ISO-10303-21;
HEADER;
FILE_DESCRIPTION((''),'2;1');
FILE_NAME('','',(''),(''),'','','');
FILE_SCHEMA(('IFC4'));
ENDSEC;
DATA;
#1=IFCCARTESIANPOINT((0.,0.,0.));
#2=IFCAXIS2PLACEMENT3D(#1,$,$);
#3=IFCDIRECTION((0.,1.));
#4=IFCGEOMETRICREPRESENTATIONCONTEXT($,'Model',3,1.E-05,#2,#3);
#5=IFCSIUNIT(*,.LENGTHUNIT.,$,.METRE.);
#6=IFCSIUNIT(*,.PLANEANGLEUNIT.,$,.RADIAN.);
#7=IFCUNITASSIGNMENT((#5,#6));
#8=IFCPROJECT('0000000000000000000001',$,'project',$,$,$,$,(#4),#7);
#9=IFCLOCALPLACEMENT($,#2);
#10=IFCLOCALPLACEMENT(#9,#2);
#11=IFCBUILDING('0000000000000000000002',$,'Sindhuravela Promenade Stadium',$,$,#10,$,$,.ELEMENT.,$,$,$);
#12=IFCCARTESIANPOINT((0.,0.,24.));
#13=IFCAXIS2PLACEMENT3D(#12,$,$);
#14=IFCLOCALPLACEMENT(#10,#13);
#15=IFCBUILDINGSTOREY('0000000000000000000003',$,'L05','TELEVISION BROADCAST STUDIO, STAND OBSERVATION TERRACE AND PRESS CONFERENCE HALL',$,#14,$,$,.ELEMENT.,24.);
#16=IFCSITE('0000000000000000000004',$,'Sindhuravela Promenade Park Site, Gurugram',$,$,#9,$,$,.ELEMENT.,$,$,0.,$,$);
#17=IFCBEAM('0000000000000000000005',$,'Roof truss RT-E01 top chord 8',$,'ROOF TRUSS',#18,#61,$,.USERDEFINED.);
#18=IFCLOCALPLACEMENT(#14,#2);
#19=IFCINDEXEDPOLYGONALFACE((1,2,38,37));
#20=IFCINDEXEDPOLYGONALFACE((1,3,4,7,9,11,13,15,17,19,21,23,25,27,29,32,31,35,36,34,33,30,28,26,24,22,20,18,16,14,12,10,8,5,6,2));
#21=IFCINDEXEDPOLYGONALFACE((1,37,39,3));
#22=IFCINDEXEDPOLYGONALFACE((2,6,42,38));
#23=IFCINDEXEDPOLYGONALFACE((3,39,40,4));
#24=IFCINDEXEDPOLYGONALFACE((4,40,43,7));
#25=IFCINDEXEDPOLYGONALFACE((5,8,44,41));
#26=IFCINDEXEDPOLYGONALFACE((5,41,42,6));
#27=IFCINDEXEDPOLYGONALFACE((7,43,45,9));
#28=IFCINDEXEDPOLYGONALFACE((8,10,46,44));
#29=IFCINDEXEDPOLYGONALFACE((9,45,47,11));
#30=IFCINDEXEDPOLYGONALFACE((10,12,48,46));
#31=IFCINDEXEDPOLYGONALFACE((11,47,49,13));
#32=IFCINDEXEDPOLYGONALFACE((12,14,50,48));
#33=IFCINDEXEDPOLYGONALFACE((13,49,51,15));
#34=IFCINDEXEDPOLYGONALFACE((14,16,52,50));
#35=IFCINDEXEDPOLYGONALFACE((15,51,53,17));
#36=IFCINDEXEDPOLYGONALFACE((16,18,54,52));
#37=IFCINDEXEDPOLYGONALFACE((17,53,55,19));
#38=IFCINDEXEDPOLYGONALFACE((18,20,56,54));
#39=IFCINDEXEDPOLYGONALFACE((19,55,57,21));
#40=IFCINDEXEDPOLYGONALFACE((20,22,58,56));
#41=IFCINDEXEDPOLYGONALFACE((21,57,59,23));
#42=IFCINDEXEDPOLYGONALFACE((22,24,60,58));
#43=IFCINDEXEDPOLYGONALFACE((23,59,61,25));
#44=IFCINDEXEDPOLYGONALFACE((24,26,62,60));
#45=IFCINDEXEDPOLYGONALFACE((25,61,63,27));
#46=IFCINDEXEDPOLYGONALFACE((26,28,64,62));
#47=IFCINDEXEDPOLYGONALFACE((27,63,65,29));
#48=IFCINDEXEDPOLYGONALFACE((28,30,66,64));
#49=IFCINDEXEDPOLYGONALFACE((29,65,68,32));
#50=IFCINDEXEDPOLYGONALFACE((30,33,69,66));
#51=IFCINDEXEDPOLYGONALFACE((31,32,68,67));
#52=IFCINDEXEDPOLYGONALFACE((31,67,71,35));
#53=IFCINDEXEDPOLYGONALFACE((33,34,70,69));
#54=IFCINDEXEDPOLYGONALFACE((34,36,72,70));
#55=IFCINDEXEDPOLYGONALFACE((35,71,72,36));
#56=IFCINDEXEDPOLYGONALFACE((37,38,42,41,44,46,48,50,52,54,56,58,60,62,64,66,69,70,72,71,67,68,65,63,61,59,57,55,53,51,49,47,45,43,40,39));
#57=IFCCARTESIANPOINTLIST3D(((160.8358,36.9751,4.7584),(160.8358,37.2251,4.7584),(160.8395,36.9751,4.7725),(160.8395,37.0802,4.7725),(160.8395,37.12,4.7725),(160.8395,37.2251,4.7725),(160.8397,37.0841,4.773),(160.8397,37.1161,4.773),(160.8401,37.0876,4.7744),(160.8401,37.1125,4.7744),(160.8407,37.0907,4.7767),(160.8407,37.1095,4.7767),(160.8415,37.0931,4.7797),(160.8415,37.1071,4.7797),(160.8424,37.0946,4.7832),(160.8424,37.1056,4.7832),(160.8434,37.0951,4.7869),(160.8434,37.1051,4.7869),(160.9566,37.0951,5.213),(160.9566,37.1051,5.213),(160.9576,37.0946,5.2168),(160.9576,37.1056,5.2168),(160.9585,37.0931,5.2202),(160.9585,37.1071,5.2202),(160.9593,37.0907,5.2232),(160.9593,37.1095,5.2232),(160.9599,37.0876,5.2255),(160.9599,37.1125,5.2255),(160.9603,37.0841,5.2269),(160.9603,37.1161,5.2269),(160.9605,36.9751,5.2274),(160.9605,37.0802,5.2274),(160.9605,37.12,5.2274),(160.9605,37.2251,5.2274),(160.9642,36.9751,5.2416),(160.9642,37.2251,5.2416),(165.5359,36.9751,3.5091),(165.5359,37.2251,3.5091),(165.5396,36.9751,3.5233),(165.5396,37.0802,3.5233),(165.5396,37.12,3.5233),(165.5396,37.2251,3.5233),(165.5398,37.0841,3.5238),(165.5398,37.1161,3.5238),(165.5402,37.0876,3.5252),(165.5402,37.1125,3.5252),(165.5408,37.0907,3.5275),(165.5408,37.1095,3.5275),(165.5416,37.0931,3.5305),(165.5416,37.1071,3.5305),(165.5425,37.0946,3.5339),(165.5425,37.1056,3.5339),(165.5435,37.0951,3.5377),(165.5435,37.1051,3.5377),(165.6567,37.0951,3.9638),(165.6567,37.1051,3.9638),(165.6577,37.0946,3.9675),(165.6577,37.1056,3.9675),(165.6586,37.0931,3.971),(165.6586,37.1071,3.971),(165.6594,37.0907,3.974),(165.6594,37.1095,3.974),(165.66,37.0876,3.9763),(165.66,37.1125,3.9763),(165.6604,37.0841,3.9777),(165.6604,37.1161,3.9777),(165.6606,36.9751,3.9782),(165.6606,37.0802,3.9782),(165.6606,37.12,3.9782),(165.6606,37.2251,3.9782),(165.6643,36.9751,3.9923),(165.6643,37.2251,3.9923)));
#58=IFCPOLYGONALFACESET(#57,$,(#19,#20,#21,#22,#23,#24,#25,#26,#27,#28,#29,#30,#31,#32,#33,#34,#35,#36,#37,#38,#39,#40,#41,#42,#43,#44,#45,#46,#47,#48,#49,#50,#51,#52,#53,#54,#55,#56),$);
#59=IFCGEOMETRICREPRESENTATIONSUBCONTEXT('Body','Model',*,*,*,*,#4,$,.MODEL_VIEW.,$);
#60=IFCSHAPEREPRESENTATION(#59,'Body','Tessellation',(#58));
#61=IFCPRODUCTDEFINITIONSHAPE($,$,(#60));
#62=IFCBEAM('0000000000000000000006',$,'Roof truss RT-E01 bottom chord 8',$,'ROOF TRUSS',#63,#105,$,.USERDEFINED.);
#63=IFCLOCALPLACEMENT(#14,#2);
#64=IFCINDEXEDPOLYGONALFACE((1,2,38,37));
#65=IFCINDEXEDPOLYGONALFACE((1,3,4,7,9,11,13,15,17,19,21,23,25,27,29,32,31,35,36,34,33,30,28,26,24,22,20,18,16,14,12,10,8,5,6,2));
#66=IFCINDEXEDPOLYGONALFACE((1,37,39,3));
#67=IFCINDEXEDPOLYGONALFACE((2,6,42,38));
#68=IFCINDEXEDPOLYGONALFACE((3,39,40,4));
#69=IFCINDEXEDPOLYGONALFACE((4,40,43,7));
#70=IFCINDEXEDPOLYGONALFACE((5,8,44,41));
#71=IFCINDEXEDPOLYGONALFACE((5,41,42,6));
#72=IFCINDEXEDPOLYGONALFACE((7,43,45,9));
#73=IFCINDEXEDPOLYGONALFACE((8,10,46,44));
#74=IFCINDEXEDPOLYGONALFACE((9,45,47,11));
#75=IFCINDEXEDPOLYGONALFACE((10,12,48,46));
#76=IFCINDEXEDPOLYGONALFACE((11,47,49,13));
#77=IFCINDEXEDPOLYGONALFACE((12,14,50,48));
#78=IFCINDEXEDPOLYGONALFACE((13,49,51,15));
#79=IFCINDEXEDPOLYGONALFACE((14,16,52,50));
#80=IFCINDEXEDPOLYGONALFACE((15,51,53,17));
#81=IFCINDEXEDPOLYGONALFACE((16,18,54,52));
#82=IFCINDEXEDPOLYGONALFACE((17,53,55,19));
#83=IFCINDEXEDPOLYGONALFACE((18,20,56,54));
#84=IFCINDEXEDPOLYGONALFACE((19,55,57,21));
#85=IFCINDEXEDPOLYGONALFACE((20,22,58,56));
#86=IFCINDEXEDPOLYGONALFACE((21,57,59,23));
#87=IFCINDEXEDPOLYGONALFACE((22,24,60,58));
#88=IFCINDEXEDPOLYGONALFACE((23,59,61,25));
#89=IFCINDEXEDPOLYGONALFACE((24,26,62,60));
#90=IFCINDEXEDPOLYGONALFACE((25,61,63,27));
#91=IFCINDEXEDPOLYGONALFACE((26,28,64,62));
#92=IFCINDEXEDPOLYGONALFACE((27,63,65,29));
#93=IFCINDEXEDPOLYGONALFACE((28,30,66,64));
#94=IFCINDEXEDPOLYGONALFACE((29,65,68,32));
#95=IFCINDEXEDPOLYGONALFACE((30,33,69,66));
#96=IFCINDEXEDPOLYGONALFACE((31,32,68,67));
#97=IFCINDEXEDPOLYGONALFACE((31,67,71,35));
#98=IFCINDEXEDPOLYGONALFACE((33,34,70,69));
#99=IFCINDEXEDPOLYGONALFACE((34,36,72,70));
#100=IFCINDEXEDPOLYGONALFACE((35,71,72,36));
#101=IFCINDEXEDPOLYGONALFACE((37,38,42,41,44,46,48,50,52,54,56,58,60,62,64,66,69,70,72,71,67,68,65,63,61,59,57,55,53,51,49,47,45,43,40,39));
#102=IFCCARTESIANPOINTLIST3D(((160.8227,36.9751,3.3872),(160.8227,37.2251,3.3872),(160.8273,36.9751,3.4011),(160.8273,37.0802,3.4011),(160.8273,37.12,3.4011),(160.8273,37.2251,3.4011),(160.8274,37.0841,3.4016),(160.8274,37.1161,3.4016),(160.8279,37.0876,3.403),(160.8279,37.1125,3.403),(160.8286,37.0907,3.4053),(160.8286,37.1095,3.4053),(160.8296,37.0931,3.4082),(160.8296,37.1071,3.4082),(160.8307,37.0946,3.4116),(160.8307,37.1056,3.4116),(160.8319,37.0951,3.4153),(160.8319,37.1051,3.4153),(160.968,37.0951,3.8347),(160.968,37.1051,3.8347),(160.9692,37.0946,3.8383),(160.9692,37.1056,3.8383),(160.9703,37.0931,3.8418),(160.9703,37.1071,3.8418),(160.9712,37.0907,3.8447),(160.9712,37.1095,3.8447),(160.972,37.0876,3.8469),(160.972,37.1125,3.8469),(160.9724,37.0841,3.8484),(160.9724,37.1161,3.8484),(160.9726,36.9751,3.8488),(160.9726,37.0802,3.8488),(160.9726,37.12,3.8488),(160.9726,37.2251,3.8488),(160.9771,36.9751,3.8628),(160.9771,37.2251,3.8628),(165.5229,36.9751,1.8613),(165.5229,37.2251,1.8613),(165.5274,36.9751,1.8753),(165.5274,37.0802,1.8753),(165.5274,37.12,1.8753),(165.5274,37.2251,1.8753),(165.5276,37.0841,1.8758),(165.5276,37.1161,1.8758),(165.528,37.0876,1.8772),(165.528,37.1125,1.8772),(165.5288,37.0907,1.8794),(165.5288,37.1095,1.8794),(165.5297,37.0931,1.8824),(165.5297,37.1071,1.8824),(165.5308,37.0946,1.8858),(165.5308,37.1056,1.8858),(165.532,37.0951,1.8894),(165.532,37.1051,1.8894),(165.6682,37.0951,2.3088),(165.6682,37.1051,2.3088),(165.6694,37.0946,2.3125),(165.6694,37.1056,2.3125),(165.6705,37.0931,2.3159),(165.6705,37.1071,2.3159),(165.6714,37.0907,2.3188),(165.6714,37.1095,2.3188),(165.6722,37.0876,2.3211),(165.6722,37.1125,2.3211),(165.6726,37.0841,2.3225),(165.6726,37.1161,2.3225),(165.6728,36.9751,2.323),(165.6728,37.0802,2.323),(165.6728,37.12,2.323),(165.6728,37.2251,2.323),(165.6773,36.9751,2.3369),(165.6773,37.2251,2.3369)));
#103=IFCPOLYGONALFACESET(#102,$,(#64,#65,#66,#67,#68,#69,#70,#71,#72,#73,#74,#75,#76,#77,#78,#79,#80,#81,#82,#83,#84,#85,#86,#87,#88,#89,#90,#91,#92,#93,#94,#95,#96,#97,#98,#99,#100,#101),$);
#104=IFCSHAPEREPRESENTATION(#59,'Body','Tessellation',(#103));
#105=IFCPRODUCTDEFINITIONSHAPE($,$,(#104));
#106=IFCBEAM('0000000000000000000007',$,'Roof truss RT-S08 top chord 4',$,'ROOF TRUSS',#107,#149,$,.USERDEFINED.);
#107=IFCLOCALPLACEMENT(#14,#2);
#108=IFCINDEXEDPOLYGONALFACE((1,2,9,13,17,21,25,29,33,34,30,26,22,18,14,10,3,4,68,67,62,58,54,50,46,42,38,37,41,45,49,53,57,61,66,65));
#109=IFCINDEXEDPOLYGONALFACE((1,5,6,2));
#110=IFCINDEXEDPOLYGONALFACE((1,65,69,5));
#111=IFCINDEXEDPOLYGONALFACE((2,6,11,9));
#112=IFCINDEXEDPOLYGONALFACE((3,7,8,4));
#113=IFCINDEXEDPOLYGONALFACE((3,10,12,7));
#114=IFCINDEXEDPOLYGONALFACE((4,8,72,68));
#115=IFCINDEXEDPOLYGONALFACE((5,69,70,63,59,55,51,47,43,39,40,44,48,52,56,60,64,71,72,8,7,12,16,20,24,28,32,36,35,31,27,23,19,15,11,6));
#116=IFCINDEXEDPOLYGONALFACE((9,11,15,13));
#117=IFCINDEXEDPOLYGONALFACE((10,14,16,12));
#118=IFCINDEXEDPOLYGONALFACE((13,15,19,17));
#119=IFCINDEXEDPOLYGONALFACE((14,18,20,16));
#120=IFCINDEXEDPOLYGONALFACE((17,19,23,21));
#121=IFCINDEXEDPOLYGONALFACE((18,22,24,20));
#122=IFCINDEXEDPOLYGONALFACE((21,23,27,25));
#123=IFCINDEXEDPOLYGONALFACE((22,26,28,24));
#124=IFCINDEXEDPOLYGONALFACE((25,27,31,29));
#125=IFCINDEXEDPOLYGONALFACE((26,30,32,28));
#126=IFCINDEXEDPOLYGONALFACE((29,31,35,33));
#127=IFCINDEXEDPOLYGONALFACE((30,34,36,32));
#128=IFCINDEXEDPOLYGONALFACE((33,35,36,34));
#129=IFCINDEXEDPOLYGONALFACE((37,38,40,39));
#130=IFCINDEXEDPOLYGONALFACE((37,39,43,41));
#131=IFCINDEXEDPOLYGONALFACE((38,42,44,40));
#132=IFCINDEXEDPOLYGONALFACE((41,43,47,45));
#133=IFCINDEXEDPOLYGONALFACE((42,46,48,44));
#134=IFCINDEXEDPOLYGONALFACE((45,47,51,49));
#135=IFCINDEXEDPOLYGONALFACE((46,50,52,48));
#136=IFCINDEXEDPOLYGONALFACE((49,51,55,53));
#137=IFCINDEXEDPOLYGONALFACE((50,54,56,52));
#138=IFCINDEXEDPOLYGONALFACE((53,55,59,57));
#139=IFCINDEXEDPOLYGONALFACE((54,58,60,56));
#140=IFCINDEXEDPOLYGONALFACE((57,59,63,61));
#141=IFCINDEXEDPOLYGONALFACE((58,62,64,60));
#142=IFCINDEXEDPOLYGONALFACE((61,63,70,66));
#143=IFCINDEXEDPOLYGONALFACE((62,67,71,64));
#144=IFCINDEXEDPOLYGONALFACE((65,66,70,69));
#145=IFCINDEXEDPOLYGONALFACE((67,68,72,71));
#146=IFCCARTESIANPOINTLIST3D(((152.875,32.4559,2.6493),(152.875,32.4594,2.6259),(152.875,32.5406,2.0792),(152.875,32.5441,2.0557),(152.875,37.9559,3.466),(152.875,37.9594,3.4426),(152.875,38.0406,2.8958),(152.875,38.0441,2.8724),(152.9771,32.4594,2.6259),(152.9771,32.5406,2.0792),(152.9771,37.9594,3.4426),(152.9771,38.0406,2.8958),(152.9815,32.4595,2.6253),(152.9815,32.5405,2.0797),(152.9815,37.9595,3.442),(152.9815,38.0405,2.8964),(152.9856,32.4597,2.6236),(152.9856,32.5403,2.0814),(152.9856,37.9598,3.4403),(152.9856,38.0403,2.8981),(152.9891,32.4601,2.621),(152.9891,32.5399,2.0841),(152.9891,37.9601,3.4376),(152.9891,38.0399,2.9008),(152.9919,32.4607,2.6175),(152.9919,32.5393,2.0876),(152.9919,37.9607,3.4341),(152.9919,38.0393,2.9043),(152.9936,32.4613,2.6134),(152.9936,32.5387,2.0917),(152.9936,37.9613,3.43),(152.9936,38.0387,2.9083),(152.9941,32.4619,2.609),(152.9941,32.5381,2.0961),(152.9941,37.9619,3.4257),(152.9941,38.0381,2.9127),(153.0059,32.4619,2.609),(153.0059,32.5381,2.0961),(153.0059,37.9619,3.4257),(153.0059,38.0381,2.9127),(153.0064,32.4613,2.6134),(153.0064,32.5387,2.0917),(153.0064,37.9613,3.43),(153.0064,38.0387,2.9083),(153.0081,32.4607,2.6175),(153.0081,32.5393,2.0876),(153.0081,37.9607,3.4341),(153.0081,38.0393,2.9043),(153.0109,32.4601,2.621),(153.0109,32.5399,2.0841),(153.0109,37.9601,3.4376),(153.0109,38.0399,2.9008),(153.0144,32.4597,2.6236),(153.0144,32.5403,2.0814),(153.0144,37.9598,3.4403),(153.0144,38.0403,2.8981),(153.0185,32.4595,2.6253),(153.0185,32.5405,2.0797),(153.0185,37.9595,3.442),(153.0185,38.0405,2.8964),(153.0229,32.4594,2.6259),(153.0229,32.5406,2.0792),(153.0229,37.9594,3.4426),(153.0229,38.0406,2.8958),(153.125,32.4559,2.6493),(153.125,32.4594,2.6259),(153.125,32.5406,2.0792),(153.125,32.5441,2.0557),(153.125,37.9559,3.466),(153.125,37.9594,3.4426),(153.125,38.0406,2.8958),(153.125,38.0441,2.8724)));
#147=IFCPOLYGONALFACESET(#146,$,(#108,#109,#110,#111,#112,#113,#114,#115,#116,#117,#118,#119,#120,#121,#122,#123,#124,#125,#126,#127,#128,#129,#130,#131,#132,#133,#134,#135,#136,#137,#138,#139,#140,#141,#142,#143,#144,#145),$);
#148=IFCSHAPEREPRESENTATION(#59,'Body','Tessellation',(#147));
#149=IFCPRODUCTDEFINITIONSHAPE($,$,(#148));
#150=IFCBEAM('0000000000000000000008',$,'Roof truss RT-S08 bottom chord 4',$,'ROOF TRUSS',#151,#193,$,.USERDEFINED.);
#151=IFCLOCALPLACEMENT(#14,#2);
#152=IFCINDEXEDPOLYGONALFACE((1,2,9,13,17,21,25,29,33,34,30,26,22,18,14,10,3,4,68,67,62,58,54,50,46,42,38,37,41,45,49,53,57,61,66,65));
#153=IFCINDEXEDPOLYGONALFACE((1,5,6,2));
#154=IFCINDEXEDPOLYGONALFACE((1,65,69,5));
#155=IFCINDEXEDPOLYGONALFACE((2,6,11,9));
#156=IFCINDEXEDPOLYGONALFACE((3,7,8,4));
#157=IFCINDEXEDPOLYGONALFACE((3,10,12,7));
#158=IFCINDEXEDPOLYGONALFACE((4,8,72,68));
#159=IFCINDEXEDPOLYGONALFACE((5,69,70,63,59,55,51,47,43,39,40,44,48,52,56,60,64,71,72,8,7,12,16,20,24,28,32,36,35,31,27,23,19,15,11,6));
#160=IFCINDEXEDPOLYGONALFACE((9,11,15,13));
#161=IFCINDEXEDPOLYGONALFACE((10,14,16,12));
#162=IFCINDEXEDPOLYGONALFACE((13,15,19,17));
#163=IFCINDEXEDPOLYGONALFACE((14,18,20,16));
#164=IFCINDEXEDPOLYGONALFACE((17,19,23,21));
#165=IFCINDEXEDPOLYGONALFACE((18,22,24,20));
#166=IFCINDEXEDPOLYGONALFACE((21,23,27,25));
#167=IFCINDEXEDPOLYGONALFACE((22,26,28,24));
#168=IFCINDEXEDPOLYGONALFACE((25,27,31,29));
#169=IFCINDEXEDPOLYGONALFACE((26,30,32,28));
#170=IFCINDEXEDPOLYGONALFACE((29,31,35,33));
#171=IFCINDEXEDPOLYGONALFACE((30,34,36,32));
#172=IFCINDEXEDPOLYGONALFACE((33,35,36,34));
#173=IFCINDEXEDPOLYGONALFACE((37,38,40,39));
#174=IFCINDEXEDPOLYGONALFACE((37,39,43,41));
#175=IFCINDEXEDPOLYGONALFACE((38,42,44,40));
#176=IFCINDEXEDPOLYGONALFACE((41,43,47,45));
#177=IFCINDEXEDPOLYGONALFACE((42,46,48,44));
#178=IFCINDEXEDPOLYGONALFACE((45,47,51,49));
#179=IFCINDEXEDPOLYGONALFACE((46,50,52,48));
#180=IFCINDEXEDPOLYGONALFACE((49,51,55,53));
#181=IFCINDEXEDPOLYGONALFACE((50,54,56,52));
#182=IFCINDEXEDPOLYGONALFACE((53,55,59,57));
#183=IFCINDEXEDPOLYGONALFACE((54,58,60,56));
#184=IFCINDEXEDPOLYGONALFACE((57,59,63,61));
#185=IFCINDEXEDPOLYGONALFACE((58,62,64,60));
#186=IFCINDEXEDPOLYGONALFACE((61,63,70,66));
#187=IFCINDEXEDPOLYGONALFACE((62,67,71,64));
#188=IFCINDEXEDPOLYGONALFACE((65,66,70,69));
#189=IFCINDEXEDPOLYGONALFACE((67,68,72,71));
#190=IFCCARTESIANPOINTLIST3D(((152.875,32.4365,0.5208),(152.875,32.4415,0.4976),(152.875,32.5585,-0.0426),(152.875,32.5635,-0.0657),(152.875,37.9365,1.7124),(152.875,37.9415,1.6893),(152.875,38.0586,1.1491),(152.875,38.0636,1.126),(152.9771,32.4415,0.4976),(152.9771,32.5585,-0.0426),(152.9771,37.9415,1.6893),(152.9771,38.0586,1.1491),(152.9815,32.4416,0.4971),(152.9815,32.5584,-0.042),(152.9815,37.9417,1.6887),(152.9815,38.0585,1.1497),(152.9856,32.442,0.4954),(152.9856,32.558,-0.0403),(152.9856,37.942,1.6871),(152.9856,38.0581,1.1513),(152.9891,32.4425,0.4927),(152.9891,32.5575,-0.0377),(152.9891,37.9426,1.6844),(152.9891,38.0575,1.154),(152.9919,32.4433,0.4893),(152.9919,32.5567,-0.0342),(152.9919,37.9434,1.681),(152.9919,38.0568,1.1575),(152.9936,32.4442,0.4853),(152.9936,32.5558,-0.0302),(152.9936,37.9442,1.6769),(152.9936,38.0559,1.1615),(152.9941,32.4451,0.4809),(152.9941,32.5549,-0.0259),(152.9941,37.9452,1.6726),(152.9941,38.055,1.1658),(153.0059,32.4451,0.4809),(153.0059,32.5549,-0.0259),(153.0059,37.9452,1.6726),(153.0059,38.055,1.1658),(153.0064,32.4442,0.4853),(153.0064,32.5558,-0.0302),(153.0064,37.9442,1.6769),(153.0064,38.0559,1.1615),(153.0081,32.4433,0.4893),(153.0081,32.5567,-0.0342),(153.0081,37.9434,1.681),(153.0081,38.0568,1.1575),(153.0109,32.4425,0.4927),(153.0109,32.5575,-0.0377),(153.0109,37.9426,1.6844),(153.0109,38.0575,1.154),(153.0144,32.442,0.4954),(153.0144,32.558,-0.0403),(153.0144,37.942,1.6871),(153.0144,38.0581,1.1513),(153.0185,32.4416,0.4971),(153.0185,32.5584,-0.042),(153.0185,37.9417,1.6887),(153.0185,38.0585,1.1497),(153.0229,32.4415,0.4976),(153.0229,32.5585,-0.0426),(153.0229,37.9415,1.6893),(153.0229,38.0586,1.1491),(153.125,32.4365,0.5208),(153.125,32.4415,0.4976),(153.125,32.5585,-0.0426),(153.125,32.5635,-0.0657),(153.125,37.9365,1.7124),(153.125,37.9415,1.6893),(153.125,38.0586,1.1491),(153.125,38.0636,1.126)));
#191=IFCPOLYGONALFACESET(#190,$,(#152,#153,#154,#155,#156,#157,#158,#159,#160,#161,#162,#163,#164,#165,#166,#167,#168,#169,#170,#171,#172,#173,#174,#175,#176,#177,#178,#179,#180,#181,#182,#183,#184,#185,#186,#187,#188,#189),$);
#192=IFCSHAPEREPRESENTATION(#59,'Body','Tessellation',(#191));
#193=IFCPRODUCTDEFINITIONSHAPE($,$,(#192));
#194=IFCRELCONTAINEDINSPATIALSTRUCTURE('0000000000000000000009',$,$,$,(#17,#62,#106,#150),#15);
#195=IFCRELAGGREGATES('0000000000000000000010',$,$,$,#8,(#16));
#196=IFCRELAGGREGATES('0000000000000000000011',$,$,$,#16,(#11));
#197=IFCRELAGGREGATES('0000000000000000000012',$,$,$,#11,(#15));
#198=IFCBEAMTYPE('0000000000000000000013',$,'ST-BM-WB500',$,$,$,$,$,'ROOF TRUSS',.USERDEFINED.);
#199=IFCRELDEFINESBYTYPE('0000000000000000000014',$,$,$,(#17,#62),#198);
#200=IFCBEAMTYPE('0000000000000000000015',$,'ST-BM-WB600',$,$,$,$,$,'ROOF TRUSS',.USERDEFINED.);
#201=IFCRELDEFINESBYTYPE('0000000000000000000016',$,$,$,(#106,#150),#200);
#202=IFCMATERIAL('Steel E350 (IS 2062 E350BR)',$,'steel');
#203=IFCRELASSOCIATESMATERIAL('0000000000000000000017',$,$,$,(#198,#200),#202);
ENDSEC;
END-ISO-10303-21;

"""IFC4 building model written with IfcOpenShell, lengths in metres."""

from ifc_helpers import new_model, si_unit, direction, frame, origin, origin_2d, place, context, subcontext, project, spatial, i_section, extrude, material, material_profile, profile_set, type_object, element, save


model = new_model("IFC4")

# Units and contexts
model_context = context("Model", 3, precision=1e-05, world=origin(), true_north=direction((0.0, 1.0)))
body_context = subcontext(model_context, "Body", "Model", "MODEL_VIEW")
ifc_project = project(units=[si_unit("LENGTHUNIT", "METRE"), si_unit("PLANEANGLEUNIT", "RADIAN")], contexts=[model_context])

# Site, building, storey
site_placement = place(None, origin())
site = spatial("IfcSite", under=ifc_project, at=site_placement, Name="Sindhuravela Promenade Park Site, Gurugram", CompositionType="ELEMENT", RefElevation=0.0)
building_placement = place(site_placement, origin())
building = spatial("IfcBuilding", under=site, at=building_placement, Name="Sindhuravela Promenade Stadium", CompositionType="ELEMENT")
storey_placement = place(building_placement, frame((0.0, 0.0, 24.0)))
storey = spatial("IfcBuildingStorey", under=building, at=storey_placement, Name="L05", Description="TELEVISION BROADCAST STUDIO, STAND OBSERVATION TERRACE AND PRESS CONFERENCE HALL", CompositionType="ELEMENT", Elevation=24.0)

# Beams
ifc_material_1 = material(Name="Steel E350 (IS 2062 E350BR)", Category="steel")
ifc_material_profile_1 = material_profile(ifc_material_1, i_section(OverallWidth=0.25, OverallDepth=0.5, WebThickness=0.01, FlangeThickness=0.0146, FilletRadius=0.0149, at=origin_2d()), Name="ISWB 500")
ifc_profile_set_1 = profile_set([ifc_material_profile_1], Name="Steel E350 (IS 2062 E350BR)")
beam_type_1 = type_object("IfcBeamType", Name="ST-BM-WB500", ElementType="ROOF TRUSS", PredefinedType="USERDEFINED", material=ifc_profile_set_1)
beam_1_placement = place(storey_placement, frame((165.6001, 37.1001, 3.7507), z_axis=(-0.966445, 0.0, 0.256872), x_axis=(0.0, -1.0, 0.0)))
element("IfcBeam", 1, at=beam_1_placement, inside=storey, type_object=beam_type_1, Name="Roof truss RT-E01 top chord 8", ObjectType="ROOF TRUSS", PredefinedType="USERDEFINED", context=body_context, shape_type="SweptSolid", body=[
    extrude(i_section(OverallWidth=0.25, OverallDepth=0.5, WebThickness=0.01, FlangeThickness=0.0146, FilletRadius=0.0149, at=origin_2d()), origin(), (0.0, 0.0, 1.0), 4.8633),
])
beam_2_placement = place(storey_placement, frame((165.6001, 37.1001, 2.0991), z_axis=(-0.951134, 0.0, 0.308778), x_axis=(0.0, -1.0, 0.0)))
element("IfcBeam", 2, at=beam_2_placement, inside=storey, type_object=beam_type_1, Name="Roof truss RT-E01 bottom chord 8", ObjectType="ROOF TRUSS", PredefinedType="USERDEFINED", context=body_context, shape_type="SweptSolid", body=[
    extrude(i_section(OverallWidth=0.25, OverallDepth=0.5, WebThickness=0.01, FlangeThickness=0.0146, FilletRadius=0.0149, at=origin_2d()), origin(), (0.0, 0.0, 1.0), 4.9417),
])
ifc_material_profile_2 = material_profile(ifc_material_1, i_section(OverallWidth=0.25, OverallDepth=0.6001, WebThickness=0.0117, FlangeThickness=0.0237, FilletRadius=0.0171, at=origin_2d()), Name="ISWB 600")
ifc_profile_set_2 = profile_set([ifc_material_profile_2], Name="Steel E350 (IS 2062 E350BR)")
beam_type_2 = type_object("IfcBeamType", Name="ST-BM-WB600", ElementType="ROOF TRUSS", PredefinedType="USERDEFINED", material=ifc_profile_set_2)
beam_3_placement = place(storey_placement, frame((153.0, 32.5, 2.3525), z_axis=(0.0, 0.989156, 0.146872), x_axis=(-1.0, 0.0, 0.0)))
element("IfcBeam", 3, at=beam_3_placement, inside=storey, type_object=beam_type_2, Name="Roof truss RT-S08 top chord 4", ObjectType="ROOF TRUSS", PredefinedType="USERDEFINED", context=body_context, shape_type="SweptSolid", body=[
    extrude(i_section(OverallWidth=0.25, OverallDepth=0.6001, WebThickness=0.0117, FlangeThickness=0.0237, FilletRadius=0.0171, at=origin_2d()), origin(), (0.0, 0.0, 1.0), 5.5603),
])
beam_4_placement = place(storey_placement, frame((153.0, 32.5, 0.2275), z_axis=(0.0, 0.977324, 0.211751), x_axis=(-1.0, 0.0, 0.0)))
element("IfcBeam", 4, at=beam_4_placement, inside=storey, type_object=beam_type_2, Name="Roof truss RT-S08 bottom chord 4", ObjectType="ROOF TRUSS", PredefinedType="USERDEFINED", context=body_context, shape_type="SweptSolid", body=[
    extrude(i_section(OverallWidth=0.25, OverallDepth=0.6001, WebThickness=0.0117, FlangeThickness=0.0237, FilletRadius=0.0171, at=origin_2d()), origin(), (0.0, 0.0, 1.0), 5.6277),
])

save(model, "model.ifc")
